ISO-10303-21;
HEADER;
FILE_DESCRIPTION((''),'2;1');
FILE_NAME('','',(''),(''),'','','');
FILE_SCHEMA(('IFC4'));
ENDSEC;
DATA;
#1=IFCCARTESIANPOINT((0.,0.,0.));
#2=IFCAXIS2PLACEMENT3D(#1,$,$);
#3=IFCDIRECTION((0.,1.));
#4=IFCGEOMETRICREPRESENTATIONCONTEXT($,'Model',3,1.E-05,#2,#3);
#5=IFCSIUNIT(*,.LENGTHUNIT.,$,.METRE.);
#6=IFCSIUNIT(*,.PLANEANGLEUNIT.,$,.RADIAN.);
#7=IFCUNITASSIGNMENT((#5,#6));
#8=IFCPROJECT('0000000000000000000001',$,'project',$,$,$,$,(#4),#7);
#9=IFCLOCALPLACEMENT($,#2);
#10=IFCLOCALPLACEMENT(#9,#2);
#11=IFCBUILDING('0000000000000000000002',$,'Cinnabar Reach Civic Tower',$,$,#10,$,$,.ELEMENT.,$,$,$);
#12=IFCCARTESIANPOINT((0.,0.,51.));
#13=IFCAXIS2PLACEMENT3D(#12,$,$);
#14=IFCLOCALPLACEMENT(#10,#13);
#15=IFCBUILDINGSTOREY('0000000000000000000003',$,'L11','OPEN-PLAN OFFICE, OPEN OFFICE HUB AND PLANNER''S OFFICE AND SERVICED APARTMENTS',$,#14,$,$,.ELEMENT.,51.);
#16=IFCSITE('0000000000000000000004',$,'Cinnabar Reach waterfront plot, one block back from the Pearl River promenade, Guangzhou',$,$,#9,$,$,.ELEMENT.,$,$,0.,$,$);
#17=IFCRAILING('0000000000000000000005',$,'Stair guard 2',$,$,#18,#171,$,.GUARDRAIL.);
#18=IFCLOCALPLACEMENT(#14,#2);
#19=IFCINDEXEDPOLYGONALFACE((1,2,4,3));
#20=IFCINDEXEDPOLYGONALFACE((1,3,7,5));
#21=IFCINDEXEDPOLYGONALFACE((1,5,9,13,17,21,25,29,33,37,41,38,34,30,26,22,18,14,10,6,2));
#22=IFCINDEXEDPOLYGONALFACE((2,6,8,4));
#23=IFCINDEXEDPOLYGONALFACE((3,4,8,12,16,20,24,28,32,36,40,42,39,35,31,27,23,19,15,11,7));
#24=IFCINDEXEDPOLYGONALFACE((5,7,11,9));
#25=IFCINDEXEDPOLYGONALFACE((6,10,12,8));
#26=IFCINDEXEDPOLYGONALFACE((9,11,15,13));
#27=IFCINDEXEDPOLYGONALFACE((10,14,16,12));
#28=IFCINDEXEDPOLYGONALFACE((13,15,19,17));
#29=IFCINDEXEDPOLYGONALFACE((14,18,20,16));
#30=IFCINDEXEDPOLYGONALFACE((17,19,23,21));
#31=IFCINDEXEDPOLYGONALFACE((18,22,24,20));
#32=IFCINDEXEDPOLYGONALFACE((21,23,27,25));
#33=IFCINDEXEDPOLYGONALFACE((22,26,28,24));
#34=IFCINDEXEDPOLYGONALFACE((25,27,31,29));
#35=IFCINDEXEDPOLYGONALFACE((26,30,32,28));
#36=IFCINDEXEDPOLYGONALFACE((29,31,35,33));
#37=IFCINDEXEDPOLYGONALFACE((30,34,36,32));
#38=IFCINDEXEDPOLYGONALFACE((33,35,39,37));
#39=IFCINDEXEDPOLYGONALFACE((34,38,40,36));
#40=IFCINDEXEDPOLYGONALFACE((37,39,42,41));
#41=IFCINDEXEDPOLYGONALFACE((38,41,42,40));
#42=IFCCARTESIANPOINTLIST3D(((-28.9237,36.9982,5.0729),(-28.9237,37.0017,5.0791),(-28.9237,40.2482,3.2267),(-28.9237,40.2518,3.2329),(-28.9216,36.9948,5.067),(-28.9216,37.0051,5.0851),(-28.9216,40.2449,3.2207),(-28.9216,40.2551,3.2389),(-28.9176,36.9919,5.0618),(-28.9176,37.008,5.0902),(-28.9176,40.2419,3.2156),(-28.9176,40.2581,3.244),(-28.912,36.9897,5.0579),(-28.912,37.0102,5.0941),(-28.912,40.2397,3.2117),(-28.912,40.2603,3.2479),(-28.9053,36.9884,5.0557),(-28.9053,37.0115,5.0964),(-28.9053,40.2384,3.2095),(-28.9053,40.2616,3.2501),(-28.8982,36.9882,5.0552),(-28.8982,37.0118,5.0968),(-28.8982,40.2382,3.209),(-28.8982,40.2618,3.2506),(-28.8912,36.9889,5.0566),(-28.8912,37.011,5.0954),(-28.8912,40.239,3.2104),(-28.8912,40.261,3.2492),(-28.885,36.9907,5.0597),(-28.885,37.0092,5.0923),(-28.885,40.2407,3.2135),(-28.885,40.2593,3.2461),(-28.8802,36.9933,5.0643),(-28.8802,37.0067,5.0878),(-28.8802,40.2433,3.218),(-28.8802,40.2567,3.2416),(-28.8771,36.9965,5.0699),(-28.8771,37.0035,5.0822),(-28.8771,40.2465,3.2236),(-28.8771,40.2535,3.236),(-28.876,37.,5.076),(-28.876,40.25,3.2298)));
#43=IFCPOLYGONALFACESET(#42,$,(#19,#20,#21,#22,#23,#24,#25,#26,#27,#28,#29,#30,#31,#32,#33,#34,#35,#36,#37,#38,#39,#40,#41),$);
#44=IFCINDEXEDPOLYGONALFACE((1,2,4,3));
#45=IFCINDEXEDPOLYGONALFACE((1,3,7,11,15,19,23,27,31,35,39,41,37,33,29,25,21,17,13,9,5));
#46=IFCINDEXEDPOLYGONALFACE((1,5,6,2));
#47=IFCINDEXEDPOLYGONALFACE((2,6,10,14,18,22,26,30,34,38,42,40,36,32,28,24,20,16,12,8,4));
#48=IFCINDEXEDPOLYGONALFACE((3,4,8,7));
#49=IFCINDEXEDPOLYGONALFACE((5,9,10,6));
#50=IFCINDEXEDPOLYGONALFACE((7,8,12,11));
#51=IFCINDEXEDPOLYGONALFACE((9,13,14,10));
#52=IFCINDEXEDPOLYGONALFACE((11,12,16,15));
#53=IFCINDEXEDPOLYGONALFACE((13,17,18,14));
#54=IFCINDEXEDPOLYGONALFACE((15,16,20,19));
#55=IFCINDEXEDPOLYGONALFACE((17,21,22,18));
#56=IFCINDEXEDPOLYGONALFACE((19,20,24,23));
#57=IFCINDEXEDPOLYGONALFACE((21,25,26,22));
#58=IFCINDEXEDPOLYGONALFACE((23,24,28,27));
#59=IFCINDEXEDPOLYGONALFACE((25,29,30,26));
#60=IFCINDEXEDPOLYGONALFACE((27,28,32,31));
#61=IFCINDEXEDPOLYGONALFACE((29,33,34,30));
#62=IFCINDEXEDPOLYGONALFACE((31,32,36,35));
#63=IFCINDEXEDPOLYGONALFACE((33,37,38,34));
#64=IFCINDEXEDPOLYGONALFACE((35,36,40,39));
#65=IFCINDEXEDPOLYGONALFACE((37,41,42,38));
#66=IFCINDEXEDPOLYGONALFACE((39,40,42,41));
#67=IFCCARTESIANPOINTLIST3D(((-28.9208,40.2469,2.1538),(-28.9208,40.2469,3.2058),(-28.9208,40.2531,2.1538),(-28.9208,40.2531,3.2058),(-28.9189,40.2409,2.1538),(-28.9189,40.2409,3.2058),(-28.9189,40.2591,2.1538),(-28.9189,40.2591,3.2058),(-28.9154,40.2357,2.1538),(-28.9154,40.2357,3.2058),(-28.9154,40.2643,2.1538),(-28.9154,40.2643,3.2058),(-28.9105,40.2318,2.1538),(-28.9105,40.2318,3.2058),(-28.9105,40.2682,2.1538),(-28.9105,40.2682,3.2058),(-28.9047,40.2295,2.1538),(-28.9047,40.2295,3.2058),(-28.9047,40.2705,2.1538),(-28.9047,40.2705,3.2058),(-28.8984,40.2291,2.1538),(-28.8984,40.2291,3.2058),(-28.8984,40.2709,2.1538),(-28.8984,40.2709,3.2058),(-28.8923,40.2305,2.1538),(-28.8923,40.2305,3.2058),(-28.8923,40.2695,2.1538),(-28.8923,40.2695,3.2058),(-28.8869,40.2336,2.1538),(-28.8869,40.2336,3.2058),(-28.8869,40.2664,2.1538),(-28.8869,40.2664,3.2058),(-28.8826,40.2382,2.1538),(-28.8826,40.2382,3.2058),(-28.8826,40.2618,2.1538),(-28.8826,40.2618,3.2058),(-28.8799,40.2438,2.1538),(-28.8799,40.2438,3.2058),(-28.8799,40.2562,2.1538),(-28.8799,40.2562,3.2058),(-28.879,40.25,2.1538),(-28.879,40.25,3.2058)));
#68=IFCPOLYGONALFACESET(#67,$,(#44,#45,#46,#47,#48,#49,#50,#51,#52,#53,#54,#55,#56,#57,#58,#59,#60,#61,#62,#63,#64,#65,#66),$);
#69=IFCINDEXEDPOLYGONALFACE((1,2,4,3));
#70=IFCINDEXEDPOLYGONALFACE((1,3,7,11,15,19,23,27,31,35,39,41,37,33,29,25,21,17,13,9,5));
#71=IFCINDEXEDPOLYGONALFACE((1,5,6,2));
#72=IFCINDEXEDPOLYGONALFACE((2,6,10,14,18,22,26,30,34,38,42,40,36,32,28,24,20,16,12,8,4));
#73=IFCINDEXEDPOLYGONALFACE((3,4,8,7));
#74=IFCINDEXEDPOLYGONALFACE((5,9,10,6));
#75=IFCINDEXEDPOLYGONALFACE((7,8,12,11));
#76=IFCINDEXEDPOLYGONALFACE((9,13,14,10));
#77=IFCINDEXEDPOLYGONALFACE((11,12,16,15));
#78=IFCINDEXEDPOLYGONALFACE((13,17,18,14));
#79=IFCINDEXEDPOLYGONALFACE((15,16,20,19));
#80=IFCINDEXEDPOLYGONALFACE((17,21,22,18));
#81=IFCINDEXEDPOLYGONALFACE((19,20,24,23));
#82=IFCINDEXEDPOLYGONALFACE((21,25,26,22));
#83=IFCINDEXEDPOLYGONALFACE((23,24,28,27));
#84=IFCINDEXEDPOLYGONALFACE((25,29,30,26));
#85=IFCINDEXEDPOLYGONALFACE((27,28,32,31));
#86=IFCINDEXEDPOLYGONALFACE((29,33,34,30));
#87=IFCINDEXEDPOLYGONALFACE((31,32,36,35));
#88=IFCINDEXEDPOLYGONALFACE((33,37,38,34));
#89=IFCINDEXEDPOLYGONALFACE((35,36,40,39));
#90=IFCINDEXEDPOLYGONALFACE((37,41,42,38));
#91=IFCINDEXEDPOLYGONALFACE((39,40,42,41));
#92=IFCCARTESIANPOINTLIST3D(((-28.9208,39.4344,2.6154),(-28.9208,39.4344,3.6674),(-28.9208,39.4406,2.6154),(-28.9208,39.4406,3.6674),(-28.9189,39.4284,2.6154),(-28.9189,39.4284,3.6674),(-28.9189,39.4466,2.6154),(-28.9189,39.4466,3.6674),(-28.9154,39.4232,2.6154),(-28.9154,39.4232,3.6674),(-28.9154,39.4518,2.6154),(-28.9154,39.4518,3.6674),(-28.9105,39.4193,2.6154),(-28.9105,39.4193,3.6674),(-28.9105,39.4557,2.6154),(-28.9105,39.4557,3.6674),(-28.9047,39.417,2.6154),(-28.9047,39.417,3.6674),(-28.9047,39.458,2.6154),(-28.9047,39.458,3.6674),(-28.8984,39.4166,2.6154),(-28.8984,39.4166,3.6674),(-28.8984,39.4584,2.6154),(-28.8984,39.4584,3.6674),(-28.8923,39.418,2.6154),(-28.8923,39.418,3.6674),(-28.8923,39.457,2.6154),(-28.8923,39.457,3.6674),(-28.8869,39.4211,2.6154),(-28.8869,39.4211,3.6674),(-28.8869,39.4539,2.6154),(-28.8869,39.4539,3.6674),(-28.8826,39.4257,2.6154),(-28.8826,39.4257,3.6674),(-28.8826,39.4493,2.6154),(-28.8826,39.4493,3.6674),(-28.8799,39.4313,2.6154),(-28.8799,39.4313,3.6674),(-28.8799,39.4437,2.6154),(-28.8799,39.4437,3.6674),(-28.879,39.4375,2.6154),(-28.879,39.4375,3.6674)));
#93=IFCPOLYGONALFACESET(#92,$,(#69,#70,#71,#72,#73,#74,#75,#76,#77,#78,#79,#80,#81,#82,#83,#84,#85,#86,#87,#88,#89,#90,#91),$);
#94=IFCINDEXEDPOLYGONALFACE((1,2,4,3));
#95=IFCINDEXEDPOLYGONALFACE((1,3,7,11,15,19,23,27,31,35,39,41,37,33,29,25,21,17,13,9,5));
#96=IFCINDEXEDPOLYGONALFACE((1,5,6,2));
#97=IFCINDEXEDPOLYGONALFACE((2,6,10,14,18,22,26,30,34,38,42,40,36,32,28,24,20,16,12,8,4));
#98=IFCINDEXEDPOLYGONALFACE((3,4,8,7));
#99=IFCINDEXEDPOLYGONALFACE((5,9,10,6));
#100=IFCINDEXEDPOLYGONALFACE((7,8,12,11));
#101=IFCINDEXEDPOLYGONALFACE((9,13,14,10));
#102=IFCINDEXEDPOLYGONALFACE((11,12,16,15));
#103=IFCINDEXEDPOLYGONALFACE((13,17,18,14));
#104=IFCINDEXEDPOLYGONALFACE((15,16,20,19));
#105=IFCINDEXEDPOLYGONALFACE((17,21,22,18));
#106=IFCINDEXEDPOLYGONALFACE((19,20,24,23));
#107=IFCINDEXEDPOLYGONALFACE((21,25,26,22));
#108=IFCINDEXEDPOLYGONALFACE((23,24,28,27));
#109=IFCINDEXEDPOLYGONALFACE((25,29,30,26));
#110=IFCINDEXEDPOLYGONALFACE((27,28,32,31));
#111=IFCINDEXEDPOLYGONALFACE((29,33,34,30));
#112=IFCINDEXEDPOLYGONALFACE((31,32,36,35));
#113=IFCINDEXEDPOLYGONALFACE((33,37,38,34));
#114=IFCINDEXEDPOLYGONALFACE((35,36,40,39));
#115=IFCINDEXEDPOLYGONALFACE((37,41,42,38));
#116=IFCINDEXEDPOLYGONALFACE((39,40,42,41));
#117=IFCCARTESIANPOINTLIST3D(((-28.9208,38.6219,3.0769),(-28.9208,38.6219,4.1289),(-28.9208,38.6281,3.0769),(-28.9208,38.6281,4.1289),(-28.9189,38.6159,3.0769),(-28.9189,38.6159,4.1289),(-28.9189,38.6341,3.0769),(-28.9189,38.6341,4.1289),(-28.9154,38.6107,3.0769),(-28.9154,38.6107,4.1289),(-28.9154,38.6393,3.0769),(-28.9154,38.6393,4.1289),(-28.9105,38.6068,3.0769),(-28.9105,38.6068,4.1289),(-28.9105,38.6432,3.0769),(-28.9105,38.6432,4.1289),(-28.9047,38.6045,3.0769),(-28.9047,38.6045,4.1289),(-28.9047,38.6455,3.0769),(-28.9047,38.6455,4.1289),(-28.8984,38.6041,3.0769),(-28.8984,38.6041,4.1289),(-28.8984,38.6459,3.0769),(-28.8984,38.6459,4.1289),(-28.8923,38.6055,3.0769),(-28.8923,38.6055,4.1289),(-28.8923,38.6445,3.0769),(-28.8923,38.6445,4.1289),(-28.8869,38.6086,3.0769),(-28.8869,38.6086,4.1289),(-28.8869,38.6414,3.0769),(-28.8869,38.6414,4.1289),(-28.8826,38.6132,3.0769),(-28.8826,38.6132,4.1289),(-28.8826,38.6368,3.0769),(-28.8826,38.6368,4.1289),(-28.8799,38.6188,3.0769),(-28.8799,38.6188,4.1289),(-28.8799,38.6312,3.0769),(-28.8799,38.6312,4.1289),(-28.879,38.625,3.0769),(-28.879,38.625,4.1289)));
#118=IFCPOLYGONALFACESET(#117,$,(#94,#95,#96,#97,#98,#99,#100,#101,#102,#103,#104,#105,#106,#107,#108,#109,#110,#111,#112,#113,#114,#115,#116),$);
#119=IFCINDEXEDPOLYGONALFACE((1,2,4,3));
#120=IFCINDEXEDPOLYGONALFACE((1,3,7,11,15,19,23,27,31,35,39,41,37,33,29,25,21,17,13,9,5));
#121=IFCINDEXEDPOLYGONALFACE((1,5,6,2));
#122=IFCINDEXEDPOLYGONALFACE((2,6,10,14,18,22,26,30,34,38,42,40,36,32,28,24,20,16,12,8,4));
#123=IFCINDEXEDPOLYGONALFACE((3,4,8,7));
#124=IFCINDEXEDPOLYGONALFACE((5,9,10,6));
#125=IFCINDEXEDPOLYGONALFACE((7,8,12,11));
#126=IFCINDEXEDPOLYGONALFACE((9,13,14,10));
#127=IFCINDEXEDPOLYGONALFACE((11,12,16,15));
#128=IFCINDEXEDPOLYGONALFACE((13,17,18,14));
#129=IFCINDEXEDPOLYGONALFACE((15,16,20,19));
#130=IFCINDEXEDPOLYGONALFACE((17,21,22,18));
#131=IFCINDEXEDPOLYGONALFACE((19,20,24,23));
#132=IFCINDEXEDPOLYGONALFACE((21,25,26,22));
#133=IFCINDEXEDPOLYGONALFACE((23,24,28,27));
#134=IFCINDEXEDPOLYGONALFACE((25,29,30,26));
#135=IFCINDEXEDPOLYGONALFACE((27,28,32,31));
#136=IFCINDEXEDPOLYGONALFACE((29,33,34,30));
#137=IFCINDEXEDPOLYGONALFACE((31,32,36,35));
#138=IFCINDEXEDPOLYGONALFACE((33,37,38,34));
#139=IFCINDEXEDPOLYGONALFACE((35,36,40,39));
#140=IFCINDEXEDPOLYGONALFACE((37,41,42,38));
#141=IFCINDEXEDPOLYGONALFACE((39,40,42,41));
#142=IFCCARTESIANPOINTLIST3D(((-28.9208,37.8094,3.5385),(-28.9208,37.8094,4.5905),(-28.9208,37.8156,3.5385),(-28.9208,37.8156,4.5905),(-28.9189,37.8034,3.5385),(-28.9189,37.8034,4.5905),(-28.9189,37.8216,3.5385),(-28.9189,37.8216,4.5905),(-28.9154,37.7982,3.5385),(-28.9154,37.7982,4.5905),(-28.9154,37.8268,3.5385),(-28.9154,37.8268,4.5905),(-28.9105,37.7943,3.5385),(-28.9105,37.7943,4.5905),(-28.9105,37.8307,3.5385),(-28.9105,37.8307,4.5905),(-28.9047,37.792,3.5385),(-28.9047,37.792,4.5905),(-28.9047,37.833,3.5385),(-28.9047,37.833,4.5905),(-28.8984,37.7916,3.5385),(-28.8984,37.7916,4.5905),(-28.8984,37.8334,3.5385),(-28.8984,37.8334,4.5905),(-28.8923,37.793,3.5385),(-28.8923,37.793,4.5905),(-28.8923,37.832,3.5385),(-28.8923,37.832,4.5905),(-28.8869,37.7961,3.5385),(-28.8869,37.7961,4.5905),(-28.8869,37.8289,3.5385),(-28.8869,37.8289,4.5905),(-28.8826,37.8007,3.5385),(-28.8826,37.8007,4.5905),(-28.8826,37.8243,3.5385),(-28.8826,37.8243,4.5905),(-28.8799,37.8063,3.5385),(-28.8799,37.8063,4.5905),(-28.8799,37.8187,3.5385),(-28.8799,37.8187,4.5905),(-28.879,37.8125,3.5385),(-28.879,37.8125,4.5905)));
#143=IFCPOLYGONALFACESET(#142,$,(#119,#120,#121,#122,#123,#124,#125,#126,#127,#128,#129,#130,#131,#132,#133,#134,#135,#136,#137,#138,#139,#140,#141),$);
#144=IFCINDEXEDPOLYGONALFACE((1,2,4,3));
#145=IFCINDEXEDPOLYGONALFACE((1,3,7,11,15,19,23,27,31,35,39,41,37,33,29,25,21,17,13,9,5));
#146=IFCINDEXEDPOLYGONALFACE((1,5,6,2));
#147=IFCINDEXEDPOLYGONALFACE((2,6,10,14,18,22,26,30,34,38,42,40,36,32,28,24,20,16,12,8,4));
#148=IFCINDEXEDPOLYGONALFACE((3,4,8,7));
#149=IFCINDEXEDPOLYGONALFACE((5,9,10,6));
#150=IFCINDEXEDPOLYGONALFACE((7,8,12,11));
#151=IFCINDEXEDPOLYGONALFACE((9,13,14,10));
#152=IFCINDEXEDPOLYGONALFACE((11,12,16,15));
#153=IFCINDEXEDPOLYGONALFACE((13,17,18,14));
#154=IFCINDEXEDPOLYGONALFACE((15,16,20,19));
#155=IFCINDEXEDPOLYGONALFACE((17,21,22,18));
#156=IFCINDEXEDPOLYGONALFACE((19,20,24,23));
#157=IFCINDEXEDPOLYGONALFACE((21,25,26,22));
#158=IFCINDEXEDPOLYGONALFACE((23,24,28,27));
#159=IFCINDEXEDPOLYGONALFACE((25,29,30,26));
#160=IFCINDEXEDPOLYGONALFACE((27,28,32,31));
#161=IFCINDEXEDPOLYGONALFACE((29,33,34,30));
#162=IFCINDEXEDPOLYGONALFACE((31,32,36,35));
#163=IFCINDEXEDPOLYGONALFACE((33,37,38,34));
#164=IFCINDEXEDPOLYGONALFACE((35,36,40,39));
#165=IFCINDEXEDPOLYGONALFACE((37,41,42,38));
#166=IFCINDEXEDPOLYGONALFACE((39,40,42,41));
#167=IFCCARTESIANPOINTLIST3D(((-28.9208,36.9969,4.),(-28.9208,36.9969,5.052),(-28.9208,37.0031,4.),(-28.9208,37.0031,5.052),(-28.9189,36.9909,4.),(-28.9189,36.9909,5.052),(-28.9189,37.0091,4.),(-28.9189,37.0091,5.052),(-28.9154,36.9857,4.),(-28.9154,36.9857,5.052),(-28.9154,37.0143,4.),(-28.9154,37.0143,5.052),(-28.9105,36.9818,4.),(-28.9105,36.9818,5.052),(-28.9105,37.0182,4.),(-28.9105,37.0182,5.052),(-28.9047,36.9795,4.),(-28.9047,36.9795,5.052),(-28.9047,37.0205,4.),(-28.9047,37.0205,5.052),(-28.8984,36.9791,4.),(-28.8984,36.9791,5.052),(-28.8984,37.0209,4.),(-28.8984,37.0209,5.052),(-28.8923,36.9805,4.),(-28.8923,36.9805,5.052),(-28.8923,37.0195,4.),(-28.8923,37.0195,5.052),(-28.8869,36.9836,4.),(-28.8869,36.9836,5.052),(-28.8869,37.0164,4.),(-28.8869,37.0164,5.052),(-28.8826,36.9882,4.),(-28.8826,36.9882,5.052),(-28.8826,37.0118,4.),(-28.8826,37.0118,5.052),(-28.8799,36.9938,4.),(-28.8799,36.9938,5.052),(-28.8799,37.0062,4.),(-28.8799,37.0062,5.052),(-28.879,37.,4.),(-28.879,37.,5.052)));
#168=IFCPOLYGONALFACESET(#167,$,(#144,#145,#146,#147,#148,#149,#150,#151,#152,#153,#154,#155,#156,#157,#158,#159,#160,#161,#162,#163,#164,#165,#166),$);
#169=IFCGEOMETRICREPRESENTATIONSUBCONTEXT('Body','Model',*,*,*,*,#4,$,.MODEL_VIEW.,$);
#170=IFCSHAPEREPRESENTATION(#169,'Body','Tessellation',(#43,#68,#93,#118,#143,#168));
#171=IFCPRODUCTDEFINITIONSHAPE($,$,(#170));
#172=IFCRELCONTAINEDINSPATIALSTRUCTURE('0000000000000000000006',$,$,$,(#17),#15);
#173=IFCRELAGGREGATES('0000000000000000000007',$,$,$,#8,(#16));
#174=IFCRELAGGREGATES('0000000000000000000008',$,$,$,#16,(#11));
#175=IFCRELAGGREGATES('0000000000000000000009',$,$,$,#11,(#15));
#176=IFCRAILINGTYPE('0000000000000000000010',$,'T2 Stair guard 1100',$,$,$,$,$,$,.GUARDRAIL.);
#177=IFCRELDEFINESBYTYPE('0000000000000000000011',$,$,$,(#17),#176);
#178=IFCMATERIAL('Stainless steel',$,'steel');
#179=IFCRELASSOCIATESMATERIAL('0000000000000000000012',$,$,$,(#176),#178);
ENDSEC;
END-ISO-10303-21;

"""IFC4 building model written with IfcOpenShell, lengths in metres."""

from ifc_helpers import new_model, si_unit, direction, frame, origin, origin_2d, place, context, subcontext, project, spatial, circle, extrude, material, type_object, element, save


model = new_model("IFC4")

# Units and contexts
model_context = context("Model", 3, precision=1e-05, world=origin(), true_north=direction((0.0, 1.0)))
body_context = subcontext(model_context, "Body", "Model", "MODEL_VIEW")
ifc_project = project(units=[si_unit("LENGTHUNIT", "METRE"), si_unit("PLANEANGLEUNIT", "RADIAN")], contexts=[model_context])

# Site, building, storey
site_placement = place(None, origin())
site = spatial("IfcSite", under=ifc_project, at=site_placement, Name="Cinnabar Reach waterfront plot, one block back from the Pearl River promenade, Guangzhou", CompositionType="ELEMENT", RefElevation=0.0)
building_placement = place(site_placement, origin())
building = spatial("IfcBuilding", under=site, at=building_placement, Name="Cinnabar Reach Civic Tower", CompositionType="ELEMENT")
storey_placement = place(building_placement, frame((0.0, 0.0, 51.0)))
storey = spatial("IfcBuildingStorey", under=building, at=storey_placement, Name="L11", Description="OPEN-PLAN OFFICE, OPEN OFFICE HUB AND PLANNER'S OFFICE AND SERVICED APARTMENTS", CompositionType="ELEMENT", Elevation=51.0)

# Railing
ifc_material_1 = material(Name="Stainless steel", Category="steel")
railing_type = type_object("IfcRailingType", Name="T2 Stair guard 1100", PredefinedType="GUARDRAIL", material=ifc_material_1)
railing_1_placement = place(storey_placement, frame((-28.9, 40.25, 2.1538)))
element("IfcRailing", 1, at=railing_1_placement, inside=storey, type_object=railing_type, Name="Stair guard 2", PredefinedType="GUARDRAIL", context=body_context, shape_type="SweptSolid", body=[
    extrude(circle(Radius=0.024, at=origin_2d()), frame((0.0, 0.0, 1.076), z_axis=(0.0, -0.869501, 0.49393), x_axis=(1.0, 0.0, 0.0)), (0.0, 0.0, 1.0), 3.7378),
    extrude(circle(Radius=0.021, at=origin_2d()), origin(), (0.0, 0.0, 1.0), 1.052),
    extrude(circle(Radius=0.021, at=origin_2d()), frame((0.0, -0.8125, 0.4616)), (0.0, 0.0, 1.0), 1.052),
    extrude(circle(Radius=0.021, at=origin_2d()), frame((0.0, -1.625, 0.9231)), (0.0, 0.0, 1.0), 1.052),
    extrude(circle(Radius=0.021, at=origin_2d()), frame((0.0, -2.4375, 1.3847)), (0.0, 0.0, 1.0), 1.052),
    extrude(circle(Radius=0.021, at=origin_2d()), frame((0.0, -3.25, 1.8462)), (0.0, 0.0, 1.0), 1.052),
])

save(model, "model.ifc")
